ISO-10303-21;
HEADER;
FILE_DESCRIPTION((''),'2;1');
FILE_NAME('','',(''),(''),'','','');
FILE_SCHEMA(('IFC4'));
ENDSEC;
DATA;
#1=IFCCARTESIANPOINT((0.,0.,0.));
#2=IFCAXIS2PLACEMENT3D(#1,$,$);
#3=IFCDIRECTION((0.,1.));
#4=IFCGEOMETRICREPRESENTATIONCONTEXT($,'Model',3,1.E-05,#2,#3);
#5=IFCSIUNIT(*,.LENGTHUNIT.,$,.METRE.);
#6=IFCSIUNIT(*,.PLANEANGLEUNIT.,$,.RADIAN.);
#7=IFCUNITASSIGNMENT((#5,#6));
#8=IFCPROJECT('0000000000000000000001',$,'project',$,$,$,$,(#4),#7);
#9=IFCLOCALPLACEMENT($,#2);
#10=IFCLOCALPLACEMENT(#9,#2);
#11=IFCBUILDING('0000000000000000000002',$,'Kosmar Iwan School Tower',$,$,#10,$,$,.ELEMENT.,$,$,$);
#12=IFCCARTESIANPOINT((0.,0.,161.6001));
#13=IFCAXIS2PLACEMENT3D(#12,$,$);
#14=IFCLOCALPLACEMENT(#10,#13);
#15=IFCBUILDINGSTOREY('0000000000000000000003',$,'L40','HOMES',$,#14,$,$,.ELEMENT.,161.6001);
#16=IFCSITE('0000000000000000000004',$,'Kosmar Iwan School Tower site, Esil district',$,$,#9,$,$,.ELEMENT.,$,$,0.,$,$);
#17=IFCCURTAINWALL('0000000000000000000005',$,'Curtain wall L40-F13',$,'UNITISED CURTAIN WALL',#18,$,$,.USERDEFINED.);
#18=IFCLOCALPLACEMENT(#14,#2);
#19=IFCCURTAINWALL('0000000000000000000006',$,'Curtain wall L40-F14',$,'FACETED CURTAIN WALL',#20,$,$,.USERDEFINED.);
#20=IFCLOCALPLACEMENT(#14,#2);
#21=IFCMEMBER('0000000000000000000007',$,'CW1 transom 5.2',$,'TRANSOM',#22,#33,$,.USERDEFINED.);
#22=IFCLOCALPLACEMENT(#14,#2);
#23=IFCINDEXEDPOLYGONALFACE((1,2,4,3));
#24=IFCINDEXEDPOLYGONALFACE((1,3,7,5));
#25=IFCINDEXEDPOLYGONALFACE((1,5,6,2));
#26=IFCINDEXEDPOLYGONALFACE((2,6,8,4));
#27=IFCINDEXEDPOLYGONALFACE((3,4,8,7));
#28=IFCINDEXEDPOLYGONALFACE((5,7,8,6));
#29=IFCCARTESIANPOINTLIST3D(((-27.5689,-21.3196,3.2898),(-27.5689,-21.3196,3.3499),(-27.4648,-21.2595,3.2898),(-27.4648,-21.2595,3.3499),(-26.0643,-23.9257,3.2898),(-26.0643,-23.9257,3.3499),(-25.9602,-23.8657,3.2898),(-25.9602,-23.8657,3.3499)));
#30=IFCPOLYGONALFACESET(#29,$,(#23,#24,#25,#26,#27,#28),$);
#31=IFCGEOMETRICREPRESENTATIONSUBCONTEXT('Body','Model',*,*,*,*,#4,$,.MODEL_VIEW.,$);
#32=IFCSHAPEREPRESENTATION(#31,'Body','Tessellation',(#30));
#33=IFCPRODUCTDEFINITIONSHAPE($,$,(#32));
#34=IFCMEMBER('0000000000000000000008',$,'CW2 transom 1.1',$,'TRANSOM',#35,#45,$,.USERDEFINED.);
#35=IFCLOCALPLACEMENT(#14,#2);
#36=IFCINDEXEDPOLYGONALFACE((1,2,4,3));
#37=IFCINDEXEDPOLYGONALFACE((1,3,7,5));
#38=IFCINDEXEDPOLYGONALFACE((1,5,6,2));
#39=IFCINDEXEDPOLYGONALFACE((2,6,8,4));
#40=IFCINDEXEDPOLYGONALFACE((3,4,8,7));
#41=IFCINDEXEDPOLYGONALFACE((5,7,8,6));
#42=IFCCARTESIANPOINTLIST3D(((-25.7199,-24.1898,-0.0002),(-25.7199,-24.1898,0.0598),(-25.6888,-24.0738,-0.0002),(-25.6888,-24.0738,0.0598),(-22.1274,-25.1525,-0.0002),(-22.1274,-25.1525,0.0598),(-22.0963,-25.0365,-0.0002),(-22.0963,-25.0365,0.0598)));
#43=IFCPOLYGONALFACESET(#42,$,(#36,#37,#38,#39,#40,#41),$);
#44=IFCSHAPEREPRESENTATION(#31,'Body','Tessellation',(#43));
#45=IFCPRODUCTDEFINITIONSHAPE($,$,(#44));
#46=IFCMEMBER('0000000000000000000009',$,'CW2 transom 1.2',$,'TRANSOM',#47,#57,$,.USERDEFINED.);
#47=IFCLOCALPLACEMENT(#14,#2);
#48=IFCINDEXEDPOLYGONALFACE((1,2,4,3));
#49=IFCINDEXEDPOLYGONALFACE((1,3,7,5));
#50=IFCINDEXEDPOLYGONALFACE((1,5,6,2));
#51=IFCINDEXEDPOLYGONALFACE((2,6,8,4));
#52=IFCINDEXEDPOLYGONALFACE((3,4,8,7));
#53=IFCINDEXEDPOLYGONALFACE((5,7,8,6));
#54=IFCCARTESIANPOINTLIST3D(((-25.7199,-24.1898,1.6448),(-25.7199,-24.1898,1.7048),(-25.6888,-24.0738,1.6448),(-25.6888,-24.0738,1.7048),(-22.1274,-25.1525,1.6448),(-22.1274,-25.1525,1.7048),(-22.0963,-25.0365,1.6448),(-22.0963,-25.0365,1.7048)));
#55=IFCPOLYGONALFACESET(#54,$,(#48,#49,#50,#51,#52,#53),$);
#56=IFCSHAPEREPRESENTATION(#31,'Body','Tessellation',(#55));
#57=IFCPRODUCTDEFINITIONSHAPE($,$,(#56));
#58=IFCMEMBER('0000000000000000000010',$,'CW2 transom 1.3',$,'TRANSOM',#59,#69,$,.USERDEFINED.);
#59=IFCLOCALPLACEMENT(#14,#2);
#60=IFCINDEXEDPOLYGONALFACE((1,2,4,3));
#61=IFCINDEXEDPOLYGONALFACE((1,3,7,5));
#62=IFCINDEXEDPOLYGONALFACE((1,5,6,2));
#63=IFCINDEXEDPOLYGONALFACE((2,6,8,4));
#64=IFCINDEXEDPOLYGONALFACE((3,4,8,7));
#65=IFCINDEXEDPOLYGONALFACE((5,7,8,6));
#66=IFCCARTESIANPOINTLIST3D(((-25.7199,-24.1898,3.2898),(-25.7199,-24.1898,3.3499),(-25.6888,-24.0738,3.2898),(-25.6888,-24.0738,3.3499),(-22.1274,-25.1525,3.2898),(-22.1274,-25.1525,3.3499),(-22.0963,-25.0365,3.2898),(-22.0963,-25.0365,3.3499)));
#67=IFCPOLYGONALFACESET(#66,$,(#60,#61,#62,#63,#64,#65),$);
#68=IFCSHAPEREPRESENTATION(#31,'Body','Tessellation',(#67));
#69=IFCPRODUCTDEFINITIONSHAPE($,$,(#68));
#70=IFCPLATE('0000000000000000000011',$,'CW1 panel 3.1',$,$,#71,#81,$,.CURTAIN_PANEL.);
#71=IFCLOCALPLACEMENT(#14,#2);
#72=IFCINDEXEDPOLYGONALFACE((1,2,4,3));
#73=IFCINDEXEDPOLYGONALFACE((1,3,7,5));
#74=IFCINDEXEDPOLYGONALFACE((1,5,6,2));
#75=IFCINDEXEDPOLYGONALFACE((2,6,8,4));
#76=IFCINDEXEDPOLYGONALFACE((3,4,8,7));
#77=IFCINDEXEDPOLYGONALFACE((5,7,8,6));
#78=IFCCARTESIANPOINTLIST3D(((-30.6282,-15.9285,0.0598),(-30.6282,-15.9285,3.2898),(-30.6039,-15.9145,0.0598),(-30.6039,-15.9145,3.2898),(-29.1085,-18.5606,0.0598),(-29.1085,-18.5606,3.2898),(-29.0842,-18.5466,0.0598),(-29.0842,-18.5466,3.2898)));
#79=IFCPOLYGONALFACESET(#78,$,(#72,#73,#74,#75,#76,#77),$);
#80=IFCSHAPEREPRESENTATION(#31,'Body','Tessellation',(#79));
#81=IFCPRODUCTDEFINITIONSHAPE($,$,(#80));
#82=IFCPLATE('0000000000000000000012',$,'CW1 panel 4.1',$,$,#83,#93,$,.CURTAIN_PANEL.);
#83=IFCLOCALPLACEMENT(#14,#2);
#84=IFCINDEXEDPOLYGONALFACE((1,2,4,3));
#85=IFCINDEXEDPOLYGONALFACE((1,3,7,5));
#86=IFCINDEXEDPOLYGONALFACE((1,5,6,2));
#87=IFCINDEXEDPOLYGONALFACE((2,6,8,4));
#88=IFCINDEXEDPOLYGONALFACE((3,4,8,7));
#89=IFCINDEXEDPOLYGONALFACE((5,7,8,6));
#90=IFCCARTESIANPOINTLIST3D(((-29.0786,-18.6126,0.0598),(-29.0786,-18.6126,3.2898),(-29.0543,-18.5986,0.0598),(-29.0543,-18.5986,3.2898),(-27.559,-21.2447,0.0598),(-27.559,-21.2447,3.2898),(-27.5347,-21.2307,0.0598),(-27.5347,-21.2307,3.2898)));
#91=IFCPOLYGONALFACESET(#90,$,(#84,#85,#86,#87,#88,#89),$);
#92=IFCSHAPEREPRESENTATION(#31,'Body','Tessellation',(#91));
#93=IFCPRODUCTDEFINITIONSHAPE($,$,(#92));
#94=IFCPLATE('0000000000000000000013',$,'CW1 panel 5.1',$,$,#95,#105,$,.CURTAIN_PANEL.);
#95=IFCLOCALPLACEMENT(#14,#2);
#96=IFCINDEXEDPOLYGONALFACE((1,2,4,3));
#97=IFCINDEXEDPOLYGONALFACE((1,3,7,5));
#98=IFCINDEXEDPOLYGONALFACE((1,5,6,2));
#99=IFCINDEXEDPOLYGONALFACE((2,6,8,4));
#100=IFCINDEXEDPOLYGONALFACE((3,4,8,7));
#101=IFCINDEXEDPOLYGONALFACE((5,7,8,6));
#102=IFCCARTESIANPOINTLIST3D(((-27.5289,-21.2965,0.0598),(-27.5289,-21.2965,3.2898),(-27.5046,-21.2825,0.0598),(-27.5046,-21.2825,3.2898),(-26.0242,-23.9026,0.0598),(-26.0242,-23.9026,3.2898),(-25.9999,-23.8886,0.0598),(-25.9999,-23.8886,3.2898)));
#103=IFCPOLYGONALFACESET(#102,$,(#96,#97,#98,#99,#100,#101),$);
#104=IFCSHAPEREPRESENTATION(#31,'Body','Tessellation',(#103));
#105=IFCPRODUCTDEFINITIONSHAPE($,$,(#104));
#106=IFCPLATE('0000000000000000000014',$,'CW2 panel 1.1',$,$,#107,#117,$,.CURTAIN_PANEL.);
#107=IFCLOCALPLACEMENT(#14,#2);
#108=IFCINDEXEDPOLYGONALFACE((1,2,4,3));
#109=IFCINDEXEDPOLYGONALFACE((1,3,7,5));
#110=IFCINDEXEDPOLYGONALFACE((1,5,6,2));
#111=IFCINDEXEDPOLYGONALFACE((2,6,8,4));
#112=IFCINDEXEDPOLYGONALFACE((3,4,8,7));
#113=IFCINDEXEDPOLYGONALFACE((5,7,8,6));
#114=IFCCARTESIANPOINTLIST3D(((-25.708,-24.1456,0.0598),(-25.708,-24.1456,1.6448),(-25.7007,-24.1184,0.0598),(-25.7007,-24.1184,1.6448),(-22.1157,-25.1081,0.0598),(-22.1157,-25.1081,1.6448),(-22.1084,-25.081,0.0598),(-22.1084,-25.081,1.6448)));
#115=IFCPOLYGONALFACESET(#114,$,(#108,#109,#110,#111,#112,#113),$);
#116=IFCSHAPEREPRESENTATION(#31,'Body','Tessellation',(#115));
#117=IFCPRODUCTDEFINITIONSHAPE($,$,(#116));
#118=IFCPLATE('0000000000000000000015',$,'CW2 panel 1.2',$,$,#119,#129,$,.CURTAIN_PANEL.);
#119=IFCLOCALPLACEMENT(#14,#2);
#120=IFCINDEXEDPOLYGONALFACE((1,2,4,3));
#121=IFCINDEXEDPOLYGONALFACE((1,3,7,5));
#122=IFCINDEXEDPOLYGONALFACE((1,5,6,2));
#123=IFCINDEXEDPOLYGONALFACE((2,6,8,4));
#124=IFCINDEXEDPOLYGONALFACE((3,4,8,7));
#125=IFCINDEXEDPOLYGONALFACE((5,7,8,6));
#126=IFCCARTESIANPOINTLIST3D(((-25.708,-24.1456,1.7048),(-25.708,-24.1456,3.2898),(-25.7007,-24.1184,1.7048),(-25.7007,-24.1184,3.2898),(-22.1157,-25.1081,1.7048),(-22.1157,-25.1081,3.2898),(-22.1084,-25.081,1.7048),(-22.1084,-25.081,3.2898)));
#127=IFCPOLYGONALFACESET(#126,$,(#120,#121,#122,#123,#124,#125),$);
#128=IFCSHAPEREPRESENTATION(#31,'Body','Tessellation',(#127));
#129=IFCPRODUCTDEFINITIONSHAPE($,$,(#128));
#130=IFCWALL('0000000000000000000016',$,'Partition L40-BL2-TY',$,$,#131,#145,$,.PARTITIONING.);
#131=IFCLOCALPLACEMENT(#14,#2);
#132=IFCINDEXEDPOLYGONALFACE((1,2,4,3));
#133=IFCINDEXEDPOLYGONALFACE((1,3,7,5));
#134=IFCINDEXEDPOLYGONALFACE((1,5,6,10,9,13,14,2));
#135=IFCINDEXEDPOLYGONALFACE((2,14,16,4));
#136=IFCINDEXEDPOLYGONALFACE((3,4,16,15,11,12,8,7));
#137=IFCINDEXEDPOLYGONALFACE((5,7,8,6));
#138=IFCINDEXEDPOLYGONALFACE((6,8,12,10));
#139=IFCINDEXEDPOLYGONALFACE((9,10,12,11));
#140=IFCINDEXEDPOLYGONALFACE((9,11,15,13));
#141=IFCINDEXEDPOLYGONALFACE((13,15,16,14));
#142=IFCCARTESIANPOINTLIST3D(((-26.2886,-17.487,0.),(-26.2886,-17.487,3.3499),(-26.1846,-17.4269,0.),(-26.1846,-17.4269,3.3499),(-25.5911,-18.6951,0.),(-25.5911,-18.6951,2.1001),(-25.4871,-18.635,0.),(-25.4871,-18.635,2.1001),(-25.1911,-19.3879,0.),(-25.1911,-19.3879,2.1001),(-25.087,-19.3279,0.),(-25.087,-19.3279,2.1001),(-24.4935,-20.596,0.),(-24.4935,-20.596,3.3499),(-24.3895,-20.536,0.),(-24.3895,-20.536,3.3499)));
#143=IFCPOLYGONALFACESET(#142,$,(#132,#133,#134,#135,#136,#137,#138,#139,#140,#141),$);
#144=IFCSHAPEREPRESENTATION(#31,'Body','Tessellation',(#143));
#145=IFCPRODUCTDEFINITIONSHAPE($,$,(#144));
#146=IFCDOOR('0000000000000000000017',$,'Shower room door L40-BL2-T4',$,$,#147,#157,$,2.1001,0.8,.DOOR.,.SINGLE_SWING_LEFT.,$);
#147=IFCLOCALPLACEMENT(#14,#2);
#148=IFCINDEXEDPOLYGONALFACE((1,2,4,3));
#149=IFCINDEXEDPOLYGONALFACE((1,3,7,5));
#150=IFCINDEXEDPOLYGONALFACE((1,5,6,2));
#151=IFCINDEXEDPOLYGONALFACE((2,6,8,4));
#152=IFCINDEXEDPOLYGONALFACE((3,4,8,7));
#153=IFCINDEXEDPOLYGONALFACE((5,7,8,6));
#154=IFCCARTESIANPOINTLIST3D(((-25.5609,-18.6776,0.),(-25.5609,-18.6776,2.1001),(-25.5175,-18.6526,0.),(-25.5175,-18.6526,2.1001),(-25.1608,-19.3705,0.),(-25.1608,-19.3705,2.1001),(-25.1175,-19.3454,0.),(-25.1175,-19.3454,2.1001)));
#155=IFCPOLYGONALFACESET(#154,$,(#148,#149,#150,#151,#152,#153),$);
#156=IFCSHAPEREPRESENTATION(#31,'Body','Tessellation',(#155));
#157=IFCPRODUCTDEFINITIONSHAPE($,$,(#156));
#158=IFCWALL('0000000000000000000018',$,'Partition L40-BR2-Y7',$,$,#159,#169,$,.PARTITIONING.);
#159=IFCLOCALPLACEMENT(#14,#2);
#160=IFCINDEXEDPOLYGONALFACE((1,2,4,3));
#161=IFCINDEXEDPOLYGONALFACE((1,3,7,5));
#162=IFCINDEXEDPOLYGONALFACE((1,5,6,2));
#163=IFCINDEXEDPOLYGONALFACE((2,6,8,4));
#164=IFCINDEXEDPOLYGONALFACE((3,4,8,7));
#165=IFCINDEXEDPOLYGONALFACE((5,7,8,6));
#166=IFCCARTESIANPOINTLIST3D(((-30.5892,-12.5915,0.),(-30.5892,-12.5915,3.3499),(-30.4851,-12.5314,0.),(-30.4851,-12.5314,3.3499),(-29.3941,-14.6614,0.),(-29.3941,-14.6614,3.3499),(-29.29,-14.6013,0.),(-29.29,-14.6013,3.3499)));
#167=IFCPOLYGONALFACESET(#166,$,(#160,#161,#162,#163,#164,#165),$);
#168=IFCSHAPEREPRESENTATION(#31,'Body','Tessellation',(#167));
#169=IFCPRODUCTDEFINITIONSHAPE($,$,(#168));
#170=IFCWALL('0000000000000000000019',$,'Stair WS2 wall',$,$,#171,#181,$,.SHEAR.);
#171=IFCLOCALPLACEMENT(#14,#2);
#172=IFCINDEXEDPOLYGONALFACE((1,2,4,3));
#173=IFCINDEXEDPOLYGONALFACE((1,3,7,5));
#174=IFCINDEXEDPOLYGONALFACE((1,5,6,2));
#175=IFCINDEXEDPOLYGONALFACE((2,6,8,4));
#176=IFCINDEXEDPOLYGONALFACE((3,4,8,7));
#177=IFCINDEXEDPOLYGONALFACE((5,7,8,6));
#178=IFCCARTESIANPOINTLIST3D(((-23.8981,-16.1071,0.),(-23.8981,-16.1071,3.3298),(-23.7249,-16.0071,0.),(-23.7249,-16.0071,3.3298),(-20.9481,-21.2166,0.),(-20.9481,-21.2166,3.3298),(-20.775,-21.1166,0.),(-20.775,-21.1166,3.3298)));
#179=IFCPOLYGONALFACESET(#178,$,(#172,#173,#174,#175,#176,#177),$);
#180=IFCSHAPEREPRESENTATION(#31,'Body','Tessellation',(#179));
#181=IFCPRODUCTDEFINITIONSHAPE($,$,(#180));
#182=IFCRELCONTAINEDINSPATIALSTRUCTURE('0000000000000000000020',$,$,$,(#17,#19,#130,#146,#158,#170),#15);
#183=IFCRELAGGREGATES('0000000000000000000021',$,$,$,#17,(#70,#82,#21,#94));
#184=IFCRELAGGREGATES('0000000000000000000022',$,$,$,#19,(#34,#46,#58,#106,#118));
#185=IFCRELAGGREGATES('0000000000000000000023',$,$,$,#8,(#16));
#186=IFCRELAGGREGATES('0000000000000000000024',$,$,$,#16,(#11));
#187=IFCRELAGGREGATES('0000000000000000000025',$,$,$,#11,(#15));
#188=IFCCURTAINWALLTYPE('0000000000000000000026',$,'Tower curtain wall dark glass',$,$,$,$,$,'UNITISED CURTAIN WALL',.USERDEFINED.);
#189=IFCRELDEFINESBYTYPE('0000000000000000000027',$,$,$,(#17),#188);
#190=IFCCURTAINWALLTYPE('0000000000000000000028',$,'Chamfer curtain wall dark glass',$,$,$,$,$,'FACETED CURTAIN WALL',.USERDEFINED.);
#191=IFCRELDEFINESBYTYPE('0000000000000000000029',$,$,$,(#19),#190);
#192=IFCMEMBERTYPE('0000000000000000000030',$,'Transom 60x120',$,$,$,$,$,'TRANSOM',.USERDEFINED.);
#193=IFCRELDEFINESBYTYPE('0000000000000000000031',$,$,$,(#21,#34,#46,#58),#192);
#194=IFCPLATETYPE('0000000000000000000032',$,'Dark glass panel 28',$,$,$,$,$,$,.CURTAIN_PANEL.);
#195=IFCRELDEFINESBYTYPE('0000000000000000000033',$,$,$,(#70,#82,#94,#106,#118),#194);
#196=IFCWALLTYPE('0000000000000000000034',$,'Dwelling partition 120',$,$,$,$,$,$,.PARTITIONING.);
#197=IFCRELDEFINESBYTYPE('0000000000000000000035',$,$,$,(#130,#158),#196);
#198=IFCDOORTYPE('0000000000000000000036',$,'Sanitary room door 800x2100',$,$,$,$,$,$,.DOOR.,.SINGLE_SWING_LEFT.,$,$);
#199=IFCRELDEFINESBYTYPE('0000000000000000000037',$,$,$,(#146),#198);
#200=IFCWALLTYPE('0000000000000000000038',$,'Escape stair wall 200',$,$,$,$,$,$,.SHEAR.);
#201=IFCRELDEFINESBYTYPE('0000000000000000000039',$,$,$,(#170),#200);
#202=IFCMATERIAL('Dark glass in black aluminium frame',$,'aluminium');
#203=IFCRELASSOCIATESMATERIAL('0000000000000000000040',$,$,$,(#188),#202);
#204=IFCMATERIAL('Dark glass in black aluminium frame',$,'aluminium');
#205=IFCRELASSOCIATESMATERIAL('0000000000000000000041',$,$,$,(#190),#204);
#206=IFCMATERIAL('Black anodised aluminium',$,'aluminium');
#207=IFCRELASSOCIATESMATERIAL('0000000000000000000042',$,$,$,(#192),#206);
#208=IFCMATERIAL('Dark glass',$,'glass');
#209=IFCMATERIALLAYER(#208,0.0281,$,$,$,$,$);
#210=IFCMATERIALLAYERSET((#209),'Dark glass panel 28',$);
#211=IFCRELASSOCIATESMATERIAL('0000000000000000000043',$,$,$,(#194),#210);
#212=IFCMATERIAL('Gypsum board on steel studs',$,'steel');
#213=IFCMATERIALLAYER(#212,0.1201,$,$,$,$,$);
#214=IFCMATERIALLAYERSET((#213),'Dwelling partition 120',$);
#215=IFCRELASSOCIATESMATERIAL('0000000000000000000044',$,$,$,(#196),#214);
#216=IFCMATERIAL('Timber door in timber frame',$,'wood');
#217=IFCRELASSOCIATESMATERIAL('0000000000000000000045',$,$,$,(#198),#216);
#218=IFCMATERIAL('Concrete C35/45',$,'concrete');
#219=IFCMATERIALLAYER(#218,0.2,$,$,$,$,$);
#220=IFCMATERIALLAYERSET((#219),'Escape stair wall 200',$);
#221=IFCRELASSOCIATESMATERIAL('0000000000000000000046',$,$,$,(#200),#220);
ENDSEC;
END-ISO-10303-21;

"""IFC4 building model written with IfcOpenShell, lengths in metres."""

from ifc_helpers import new_model, si_unit, direction, frame, frame_2d, origin, origin_2d, place, context, subcontext, project, spatial, rectangle, extrude, material, layer, layer_set, material_profile, profile_set, type_object, element, fill, aggregate, save


model = new_model("IFC4")

# Units and contexts
model_context = context("Model", 3, precision=1e-05, world=origin(), true_north=direction((0.0, 1.0)))
body_context = subcontext(model_context, "Body", "Model", "MODEL_VIEW")
ifc_project = project(units=[si_unit("LENGTHUNIT", "METRE"), si_unit("PLANEANGLEUNIT", "RADIAN")], contexts=[model_context])

# Site, building, storey
site_placement = place(None, origin())
site = spatial("IfcSite", under=ifc_project, at=site_placement, Name="Kosmar Iwan School Tower site, Esil district", CompositionType="ELEMENT", RefElevation=0.0)
building_placement = place(site_placement, origin())
building = spatial("IfcBuilding", under=site, at=building_placement, Name="Kosmar Iwan School Tower", CompositionType="ELEMENT")
storey_placement = place(building_placement, frame((0.0, 0.0, 161.6001)))
storey = spatial("IfcBuildingStorey", under=building, at=storey_placement, Name="L40", Description="HOMES", CompositionType="ELEMENT", Elevation=161.6001)

# Curtain wall
ifc_material_1 = material(Name="Dark glass in black aluminium frame", Category="aluminium")
curtain_wall_type_1 = type_object("IfcCurtainWallType", Name="Tower curtain wall dark glass", ElementType="UNITISED CURTAIN WALL", PredefinedType="USERDEFINED", material=ifc_material_1)
curtain_wall_1_placement = place(storey_placement, origin())
curtain_wall_1 = element("IfcCurtainWall", 1, at=curtain_wall_1_placement, inside=storey, type_object=curtain_wall_type_1, Name="Curtain wall L40-F13", ObjectType="UNITISED CURTAIN WALL", PredefinedType="USERDEFINED")

# Curtain wall
ifc_material_2 = material(Name="Dark glass in black aluminium frame", Category="aluminium")
curtain_wall_type_2 = type_object("IfcCurtainWallType", Name="Chamfer curtain wall dark glass", ElementType="FACETED CURTAIN WALL", PredefinedType="USERDEFINED", material=ifc_material_2)
curtain_wall_2_placement = place(storey_placement, origin())
curtain_wall_2 = element("IfcCurtainWall", 2, at=curtain_wall_2_placement, inside=storey, type_object=curtain_wall_type_2, Name="Curtain wall L40-F14", ObjectType="FACETED CURTAIN WALL", PredefinedType="USERDEFINED")

# Members
ifc_material_3 = material(Name="Black anodised aluminium", Category="aluminium")
ifc_material_profile_1 = material_profile(ifc_material_3, rectangle(XDim=0.1201, YDim=0.0601, at=origin_2d()), Name="TRANSOM 60x120")
ifc_profile_set_1 = profile_set([ifc_material_profile_1], Name="Black anodised aluminium")
member_type_1 = type_object("IfcMemberType", Name="Transom 60x120", ElementType="TRANSOM", PredefinedType="USERDEFINED", material=ifc_profile_set_1)
member_1_placement = place(storey_placement, frame((-27.5168, -21.2896, 3.3198), z_axis=(0.499987, -0.866033, 0.0), x_axis=(0.866033, 0.499987, 0.0)))
member_1 = element("IfcMember", 3, at=member_1_placement, type_object=member_type_1, Name="CW1 transom 5.2", ObjectType="TRANSOM", PredefinedType="USERDEFINED", context=body_context, shape_type="SweptSolid", body=[
    extrude(rectangle(XDim=0.1201, YDim=0.0601, at=origin_2d()), origin(), (0.0, 0.0, 1.0), 3.0093),
])
member_2_placement = place(storey_placement, frame((-25.7043, -24.1318, 0.0298), z_axis=(0.965924, -0.258827, 0.0), x_axis=(0.258827, 0.965924, 0.0)))
member_2 = element("IfcMember", 4, at=member_2_placement, type_object=member_type_1, Name="CW2 transom 1.1", ObjectType="TRANSOM", PredefinedType="USERDEFINED", context=body_context, shape_type="SweptSolid", body=[
    extrude(rectangle(XDim=0.1201, YDim=0.0601, at=origin_2d()), origin(), (0.0, 0.0, 1.0), 3.7192),
])
member_3_placement = place(storey_placement, frame((-25.7043, -24.1318, 1.6748), z_axis=(0.965924, -0.258827, 0.0), x_axis=(0.258827, 0.965924, 0.0)))
member_3 = element("IfcMember", 5, at=member_3_placement, type_object=member_type_1, Name="CW2 transom 1.2", ObjectType="TRANSOM", PredefinedType="USERDEFINED", context=body_context, shape_type="SweptSolid", body=[
    extrude(rectangle(XDim=0.1201, YDim=0.0601, at=origin_2d()), origin(), (0.0, 0.0, 1.0), 3.7192),
])
member_4_placement = place(storey_placement, frame((-25.7043, -24.1318, 3.3198), z_axis=(0.965924, -0.258827, 0.0), x_axis=(0.258827, 0.965924, 0.0)))
member_4 = element("IfcMember", 6, at=member_4_placement, type_object=member_type_1, Name="CW2 transom 1.3", ObjectType="TRANSOM", PredefinedType="USERDEFINED", context=body_context, shape_type="SweptSolid", body=[
    extrude(rectangle(XDim=0.1201, YDim=0.0601, at=origin_2d()), origin(), (0.0, 0.0, 1.0), 3.7192),
])

# Plates
ifc_material_4 = material(Name="Dark glass", Category="glass")
ifc_layer_1 = layer(ifc_material_4, 0.0281)
ifc_layer_set_1 = layer_set([ifc_layer_1], Name="Dark glass panel 28")
plate_type = type_object("IfcPlateType", Name="Dark glass panel 28", PredefinedType="CURTAIN_PANEL", material=ifc_layer_set_1)
plate_1_placement = place(storey_placement, frame((-29.8562, -17.2375, 0.0598), z_axis=(0.0, 0.0, 1.0), x_axis=(0.5, -0.866025, 0.0)))
plate_1 = element("IfcPlate", 7, at=plate_1_placement, type_object=plate_type, Name="CW1 panel 3.1", PredefinedType="CURTAIN_PANEL", context=body_context, shape_type="SweptSolid", body=[
    extrude(rectangle(XDim=3.0393, YDim=0.0281, at=origin_2d()), origin(), (0.0, 0.0, 1.0), 3.23),
])
plate_2_placement = place(storey_placement, frame((-28.3066, -19.9216, 0.0598), z_axis=(0.0, 0.0, 1.0), x_axis=(0.5, -0.866025, 0.0)))
plate_2 = element("IfcPlate", 8, at=plate_2_placement, type_object=plate_type, Name="CW1 panel 4.1", PredefinedType="CURTAIN_PANEL", context=body_context, shape_type="SweptSolid", body=[
    extrude(rectangle(XDim=3.0393, YDim=0.0281, at=origin_2d()), origin(), (0.0, 0.0, 1.0), 3.23),
])
plate_3_placement = place(storey_placement, frame((-26.7644, -22.5925, 0.0598), z_axis=(0.0, 0.0, 1.0), x_axis=(0.5, -0.866025, 0.0)))
plate_3 = element("IfcPlate", 9, at=plate_3_placement, type_object=plate_type, Name="CW1 panel 5.1", PredefinedType="CURTAIN_PANEL", context=body_context, shape_type="SweptSolid", body=[
    extrude(rectangle(XDim=3.0093, YDim=0.0281, at=origin_2d()), origin(), (0.0, 0.0, 1.0), 3.23),
])
aggregate(curtain_wall_1, [plate_1, plate_2, member_1, plate_3])
plate_4_placement = place(storey_placement, frame((-23.9082, -24.6133, 0.0598), z_axis=(0.0, 0.0, 1.0), x_axis=(0.965926, -0.258819, 0.0)))
plate_4 = element("IfcPlate", 10, at=plate_4_placement, type_object=plate_type, Name="CW2 panel 1.1", PredefinedType="CURTAIN_PANEL", context=body_context, shape_type="SweptSolid", body=[
    extrude(rectangle(XDim=3.719, YDim=0.0281, at=origin_2d()), origin(), (0.0, 0.0, 1.0), 1.585),
])
plate_5_placement = place(storey_placement, frame((-23.9082, -24.6133, 1.7048), z_axis=(0.0, 0.0, 1.0), x_axis=(0.965926, -0.258819, 0.0)))
plate_5 = element("IfcPlate", 11, at=plate_5_placement, type_object=plate_type, Name="CW2 panel 1.2", PredefinedType="CURTAIN_PANEL", context=body_context, shape_type="SweptSolid", body=[
    extrude(rectangle(XDim=3.719, YDim=0.0281, at=origin_2d()), origin(), (0.0, 0.0, 1.0), 1.585),
])
aggregate(curtain_wall_2, [member_2, member_3, member_4, plate_4, plate_5])

# Wall, opening, door
ifc_material_5 = material(Name="Gypsum board on steel studs", Category="steel")
ifc_layer_2 = layer(ifc_material_5, 0.1201)
ifc_layer_set_2 = layer_set([ifc_layer_2], Name="Dwelling partition 120")
wall_type_1 = type_object("IfcWallType", Name="Dwelling partition 120", PredefinedType="PARTITIONING", material=ifc_layer_set_2)
wall_1_placement = place(storey_placement, frame((-26.2366, -17.457, 0.0), z_axis=(0.0, 0.0, 1.0), x_axis=(0.500023, -0.866012, 0.0)))
wall_1 = element("IfcWall", 12, at=wall_1_placement, inside=storey, type_object=wall_type_1, Name="Partition L40-BL2-TY", PredefinedType="PARTITIONING", context=body_context, shape_type="SweptSolid", body=[
    extrude(rectangle(XDim=3.5901, YDim=0.1201, at=frame_2d((1.7949, 0.0))), origin(), (0.0, 0.0, 1.0), 3.3499),
])
opening_placement = place(wall_1_placement, frame((1.395, 0.0, 0.0)))
opening = element("IfcOpeningElement", 13, at=opening_placement, cuts=wall_1, PredefinedType="OPENING", context=body_context, shape_type="SweptSolid", body=[
    extrude(rectangle(XDim=0.8, YDim=2.1001, at=frame_2d((0.3999, 1.05))), frame((0.0, 0.072, 0.0), z_axis=(0.0, -1.0, 0.0), x_axis=(1.0, 0.0, 0.0)), (0.0, 0.0, 1.0), 0.144),
])
ifc_material_6 = material(Name="Timber door in timber frame", Category="wood")
door_type = type_object("IfcDoorType", Name="Sanitary room door 800x2100", OperationType="SINGLE_SWING_LEFT", PredefinedType="DOOR", material=ifc_material_6)
door_placement = place(opening_placement, origin())
door = element("IfcDoor", 14, at=door_placement, inside=storey, type_object=door_type, Name="Shower room door L40-BL2-T4", OperationType="SINGLE_SWING_LEFT", OverallHeight=2.1001, OverallWidth=0.8, PredefinedType="DOOR", context=body_context, shape_type="SweptSolid", body=[
    extrude(rectangle(XDim=0.8, YDim=2.1001, at=frame_2d((0.3999, 1.05))), frame((0.0, 0.0249, 0.0), z_axis=(0.0, -1.0, 0.0), x_axis=(1.0, 0.0, 0.0)), (0.0, 0.0, 1.0), 0.05),
])
fill(opening, door)

# Walls
wall_2_placement = place(storey_placement, frame((-29.342, -14.6313, 0.0), z_axis=(0.0, 0.0, 1.0), x_axis=(-0.500017, 0.866015, 0.0)))
element("IfcWall", 15, at=wall_2_placement, inside=storey, type_object=wall_type_1, Name="Partition L40-BR2-Y7", PredefinedType="PARTITIONING", context=body_context, shape_type="SweptSolid", body=[
    extrude(rectangle(XDim=2.3901, YDim=0.1201, at=frame_2d((1.1951, 0.0))), origin(), (0.0, 0.0, 1.0), 3.3499),
])
ifc_material_7 = material(Name="Concrete C35/45", Category="concrete")
ifc_layer_3 = layer(ifc_material_7, 0.2)
ifc_layer_set_3 = layer_set([ifc_layer_3], Name="Escape stair wall 200")
wall_type_2 = type_object("IfcWallType", Name="Escape stair wall 200", PredefinedType="SHEAR", material=ifc_layer_set_3)
wall_3_placement = place(storey_placement, frame((-23.8115, -16.0571, 0.0), z_axis=(0.0, 0.0, 1.0), x_axis=(0.500007, -0.866022, 0.0)))
element("IfcWall", 16, at=wall_3_placement, inside=storey, type_object=wall_type_2, Name="Stair WS2 wall", PredefinedType="SHEAR", context=body_context, shape_type="SweptSolid", body=[
    extrude(rectangle(XDim=5.8999, YDim=0.2, at=frame_2d((2.95, 0.0))), origin(), (0.0, 0.0, 1.0), 3.3298),
])

save(model, "model.ifc")
